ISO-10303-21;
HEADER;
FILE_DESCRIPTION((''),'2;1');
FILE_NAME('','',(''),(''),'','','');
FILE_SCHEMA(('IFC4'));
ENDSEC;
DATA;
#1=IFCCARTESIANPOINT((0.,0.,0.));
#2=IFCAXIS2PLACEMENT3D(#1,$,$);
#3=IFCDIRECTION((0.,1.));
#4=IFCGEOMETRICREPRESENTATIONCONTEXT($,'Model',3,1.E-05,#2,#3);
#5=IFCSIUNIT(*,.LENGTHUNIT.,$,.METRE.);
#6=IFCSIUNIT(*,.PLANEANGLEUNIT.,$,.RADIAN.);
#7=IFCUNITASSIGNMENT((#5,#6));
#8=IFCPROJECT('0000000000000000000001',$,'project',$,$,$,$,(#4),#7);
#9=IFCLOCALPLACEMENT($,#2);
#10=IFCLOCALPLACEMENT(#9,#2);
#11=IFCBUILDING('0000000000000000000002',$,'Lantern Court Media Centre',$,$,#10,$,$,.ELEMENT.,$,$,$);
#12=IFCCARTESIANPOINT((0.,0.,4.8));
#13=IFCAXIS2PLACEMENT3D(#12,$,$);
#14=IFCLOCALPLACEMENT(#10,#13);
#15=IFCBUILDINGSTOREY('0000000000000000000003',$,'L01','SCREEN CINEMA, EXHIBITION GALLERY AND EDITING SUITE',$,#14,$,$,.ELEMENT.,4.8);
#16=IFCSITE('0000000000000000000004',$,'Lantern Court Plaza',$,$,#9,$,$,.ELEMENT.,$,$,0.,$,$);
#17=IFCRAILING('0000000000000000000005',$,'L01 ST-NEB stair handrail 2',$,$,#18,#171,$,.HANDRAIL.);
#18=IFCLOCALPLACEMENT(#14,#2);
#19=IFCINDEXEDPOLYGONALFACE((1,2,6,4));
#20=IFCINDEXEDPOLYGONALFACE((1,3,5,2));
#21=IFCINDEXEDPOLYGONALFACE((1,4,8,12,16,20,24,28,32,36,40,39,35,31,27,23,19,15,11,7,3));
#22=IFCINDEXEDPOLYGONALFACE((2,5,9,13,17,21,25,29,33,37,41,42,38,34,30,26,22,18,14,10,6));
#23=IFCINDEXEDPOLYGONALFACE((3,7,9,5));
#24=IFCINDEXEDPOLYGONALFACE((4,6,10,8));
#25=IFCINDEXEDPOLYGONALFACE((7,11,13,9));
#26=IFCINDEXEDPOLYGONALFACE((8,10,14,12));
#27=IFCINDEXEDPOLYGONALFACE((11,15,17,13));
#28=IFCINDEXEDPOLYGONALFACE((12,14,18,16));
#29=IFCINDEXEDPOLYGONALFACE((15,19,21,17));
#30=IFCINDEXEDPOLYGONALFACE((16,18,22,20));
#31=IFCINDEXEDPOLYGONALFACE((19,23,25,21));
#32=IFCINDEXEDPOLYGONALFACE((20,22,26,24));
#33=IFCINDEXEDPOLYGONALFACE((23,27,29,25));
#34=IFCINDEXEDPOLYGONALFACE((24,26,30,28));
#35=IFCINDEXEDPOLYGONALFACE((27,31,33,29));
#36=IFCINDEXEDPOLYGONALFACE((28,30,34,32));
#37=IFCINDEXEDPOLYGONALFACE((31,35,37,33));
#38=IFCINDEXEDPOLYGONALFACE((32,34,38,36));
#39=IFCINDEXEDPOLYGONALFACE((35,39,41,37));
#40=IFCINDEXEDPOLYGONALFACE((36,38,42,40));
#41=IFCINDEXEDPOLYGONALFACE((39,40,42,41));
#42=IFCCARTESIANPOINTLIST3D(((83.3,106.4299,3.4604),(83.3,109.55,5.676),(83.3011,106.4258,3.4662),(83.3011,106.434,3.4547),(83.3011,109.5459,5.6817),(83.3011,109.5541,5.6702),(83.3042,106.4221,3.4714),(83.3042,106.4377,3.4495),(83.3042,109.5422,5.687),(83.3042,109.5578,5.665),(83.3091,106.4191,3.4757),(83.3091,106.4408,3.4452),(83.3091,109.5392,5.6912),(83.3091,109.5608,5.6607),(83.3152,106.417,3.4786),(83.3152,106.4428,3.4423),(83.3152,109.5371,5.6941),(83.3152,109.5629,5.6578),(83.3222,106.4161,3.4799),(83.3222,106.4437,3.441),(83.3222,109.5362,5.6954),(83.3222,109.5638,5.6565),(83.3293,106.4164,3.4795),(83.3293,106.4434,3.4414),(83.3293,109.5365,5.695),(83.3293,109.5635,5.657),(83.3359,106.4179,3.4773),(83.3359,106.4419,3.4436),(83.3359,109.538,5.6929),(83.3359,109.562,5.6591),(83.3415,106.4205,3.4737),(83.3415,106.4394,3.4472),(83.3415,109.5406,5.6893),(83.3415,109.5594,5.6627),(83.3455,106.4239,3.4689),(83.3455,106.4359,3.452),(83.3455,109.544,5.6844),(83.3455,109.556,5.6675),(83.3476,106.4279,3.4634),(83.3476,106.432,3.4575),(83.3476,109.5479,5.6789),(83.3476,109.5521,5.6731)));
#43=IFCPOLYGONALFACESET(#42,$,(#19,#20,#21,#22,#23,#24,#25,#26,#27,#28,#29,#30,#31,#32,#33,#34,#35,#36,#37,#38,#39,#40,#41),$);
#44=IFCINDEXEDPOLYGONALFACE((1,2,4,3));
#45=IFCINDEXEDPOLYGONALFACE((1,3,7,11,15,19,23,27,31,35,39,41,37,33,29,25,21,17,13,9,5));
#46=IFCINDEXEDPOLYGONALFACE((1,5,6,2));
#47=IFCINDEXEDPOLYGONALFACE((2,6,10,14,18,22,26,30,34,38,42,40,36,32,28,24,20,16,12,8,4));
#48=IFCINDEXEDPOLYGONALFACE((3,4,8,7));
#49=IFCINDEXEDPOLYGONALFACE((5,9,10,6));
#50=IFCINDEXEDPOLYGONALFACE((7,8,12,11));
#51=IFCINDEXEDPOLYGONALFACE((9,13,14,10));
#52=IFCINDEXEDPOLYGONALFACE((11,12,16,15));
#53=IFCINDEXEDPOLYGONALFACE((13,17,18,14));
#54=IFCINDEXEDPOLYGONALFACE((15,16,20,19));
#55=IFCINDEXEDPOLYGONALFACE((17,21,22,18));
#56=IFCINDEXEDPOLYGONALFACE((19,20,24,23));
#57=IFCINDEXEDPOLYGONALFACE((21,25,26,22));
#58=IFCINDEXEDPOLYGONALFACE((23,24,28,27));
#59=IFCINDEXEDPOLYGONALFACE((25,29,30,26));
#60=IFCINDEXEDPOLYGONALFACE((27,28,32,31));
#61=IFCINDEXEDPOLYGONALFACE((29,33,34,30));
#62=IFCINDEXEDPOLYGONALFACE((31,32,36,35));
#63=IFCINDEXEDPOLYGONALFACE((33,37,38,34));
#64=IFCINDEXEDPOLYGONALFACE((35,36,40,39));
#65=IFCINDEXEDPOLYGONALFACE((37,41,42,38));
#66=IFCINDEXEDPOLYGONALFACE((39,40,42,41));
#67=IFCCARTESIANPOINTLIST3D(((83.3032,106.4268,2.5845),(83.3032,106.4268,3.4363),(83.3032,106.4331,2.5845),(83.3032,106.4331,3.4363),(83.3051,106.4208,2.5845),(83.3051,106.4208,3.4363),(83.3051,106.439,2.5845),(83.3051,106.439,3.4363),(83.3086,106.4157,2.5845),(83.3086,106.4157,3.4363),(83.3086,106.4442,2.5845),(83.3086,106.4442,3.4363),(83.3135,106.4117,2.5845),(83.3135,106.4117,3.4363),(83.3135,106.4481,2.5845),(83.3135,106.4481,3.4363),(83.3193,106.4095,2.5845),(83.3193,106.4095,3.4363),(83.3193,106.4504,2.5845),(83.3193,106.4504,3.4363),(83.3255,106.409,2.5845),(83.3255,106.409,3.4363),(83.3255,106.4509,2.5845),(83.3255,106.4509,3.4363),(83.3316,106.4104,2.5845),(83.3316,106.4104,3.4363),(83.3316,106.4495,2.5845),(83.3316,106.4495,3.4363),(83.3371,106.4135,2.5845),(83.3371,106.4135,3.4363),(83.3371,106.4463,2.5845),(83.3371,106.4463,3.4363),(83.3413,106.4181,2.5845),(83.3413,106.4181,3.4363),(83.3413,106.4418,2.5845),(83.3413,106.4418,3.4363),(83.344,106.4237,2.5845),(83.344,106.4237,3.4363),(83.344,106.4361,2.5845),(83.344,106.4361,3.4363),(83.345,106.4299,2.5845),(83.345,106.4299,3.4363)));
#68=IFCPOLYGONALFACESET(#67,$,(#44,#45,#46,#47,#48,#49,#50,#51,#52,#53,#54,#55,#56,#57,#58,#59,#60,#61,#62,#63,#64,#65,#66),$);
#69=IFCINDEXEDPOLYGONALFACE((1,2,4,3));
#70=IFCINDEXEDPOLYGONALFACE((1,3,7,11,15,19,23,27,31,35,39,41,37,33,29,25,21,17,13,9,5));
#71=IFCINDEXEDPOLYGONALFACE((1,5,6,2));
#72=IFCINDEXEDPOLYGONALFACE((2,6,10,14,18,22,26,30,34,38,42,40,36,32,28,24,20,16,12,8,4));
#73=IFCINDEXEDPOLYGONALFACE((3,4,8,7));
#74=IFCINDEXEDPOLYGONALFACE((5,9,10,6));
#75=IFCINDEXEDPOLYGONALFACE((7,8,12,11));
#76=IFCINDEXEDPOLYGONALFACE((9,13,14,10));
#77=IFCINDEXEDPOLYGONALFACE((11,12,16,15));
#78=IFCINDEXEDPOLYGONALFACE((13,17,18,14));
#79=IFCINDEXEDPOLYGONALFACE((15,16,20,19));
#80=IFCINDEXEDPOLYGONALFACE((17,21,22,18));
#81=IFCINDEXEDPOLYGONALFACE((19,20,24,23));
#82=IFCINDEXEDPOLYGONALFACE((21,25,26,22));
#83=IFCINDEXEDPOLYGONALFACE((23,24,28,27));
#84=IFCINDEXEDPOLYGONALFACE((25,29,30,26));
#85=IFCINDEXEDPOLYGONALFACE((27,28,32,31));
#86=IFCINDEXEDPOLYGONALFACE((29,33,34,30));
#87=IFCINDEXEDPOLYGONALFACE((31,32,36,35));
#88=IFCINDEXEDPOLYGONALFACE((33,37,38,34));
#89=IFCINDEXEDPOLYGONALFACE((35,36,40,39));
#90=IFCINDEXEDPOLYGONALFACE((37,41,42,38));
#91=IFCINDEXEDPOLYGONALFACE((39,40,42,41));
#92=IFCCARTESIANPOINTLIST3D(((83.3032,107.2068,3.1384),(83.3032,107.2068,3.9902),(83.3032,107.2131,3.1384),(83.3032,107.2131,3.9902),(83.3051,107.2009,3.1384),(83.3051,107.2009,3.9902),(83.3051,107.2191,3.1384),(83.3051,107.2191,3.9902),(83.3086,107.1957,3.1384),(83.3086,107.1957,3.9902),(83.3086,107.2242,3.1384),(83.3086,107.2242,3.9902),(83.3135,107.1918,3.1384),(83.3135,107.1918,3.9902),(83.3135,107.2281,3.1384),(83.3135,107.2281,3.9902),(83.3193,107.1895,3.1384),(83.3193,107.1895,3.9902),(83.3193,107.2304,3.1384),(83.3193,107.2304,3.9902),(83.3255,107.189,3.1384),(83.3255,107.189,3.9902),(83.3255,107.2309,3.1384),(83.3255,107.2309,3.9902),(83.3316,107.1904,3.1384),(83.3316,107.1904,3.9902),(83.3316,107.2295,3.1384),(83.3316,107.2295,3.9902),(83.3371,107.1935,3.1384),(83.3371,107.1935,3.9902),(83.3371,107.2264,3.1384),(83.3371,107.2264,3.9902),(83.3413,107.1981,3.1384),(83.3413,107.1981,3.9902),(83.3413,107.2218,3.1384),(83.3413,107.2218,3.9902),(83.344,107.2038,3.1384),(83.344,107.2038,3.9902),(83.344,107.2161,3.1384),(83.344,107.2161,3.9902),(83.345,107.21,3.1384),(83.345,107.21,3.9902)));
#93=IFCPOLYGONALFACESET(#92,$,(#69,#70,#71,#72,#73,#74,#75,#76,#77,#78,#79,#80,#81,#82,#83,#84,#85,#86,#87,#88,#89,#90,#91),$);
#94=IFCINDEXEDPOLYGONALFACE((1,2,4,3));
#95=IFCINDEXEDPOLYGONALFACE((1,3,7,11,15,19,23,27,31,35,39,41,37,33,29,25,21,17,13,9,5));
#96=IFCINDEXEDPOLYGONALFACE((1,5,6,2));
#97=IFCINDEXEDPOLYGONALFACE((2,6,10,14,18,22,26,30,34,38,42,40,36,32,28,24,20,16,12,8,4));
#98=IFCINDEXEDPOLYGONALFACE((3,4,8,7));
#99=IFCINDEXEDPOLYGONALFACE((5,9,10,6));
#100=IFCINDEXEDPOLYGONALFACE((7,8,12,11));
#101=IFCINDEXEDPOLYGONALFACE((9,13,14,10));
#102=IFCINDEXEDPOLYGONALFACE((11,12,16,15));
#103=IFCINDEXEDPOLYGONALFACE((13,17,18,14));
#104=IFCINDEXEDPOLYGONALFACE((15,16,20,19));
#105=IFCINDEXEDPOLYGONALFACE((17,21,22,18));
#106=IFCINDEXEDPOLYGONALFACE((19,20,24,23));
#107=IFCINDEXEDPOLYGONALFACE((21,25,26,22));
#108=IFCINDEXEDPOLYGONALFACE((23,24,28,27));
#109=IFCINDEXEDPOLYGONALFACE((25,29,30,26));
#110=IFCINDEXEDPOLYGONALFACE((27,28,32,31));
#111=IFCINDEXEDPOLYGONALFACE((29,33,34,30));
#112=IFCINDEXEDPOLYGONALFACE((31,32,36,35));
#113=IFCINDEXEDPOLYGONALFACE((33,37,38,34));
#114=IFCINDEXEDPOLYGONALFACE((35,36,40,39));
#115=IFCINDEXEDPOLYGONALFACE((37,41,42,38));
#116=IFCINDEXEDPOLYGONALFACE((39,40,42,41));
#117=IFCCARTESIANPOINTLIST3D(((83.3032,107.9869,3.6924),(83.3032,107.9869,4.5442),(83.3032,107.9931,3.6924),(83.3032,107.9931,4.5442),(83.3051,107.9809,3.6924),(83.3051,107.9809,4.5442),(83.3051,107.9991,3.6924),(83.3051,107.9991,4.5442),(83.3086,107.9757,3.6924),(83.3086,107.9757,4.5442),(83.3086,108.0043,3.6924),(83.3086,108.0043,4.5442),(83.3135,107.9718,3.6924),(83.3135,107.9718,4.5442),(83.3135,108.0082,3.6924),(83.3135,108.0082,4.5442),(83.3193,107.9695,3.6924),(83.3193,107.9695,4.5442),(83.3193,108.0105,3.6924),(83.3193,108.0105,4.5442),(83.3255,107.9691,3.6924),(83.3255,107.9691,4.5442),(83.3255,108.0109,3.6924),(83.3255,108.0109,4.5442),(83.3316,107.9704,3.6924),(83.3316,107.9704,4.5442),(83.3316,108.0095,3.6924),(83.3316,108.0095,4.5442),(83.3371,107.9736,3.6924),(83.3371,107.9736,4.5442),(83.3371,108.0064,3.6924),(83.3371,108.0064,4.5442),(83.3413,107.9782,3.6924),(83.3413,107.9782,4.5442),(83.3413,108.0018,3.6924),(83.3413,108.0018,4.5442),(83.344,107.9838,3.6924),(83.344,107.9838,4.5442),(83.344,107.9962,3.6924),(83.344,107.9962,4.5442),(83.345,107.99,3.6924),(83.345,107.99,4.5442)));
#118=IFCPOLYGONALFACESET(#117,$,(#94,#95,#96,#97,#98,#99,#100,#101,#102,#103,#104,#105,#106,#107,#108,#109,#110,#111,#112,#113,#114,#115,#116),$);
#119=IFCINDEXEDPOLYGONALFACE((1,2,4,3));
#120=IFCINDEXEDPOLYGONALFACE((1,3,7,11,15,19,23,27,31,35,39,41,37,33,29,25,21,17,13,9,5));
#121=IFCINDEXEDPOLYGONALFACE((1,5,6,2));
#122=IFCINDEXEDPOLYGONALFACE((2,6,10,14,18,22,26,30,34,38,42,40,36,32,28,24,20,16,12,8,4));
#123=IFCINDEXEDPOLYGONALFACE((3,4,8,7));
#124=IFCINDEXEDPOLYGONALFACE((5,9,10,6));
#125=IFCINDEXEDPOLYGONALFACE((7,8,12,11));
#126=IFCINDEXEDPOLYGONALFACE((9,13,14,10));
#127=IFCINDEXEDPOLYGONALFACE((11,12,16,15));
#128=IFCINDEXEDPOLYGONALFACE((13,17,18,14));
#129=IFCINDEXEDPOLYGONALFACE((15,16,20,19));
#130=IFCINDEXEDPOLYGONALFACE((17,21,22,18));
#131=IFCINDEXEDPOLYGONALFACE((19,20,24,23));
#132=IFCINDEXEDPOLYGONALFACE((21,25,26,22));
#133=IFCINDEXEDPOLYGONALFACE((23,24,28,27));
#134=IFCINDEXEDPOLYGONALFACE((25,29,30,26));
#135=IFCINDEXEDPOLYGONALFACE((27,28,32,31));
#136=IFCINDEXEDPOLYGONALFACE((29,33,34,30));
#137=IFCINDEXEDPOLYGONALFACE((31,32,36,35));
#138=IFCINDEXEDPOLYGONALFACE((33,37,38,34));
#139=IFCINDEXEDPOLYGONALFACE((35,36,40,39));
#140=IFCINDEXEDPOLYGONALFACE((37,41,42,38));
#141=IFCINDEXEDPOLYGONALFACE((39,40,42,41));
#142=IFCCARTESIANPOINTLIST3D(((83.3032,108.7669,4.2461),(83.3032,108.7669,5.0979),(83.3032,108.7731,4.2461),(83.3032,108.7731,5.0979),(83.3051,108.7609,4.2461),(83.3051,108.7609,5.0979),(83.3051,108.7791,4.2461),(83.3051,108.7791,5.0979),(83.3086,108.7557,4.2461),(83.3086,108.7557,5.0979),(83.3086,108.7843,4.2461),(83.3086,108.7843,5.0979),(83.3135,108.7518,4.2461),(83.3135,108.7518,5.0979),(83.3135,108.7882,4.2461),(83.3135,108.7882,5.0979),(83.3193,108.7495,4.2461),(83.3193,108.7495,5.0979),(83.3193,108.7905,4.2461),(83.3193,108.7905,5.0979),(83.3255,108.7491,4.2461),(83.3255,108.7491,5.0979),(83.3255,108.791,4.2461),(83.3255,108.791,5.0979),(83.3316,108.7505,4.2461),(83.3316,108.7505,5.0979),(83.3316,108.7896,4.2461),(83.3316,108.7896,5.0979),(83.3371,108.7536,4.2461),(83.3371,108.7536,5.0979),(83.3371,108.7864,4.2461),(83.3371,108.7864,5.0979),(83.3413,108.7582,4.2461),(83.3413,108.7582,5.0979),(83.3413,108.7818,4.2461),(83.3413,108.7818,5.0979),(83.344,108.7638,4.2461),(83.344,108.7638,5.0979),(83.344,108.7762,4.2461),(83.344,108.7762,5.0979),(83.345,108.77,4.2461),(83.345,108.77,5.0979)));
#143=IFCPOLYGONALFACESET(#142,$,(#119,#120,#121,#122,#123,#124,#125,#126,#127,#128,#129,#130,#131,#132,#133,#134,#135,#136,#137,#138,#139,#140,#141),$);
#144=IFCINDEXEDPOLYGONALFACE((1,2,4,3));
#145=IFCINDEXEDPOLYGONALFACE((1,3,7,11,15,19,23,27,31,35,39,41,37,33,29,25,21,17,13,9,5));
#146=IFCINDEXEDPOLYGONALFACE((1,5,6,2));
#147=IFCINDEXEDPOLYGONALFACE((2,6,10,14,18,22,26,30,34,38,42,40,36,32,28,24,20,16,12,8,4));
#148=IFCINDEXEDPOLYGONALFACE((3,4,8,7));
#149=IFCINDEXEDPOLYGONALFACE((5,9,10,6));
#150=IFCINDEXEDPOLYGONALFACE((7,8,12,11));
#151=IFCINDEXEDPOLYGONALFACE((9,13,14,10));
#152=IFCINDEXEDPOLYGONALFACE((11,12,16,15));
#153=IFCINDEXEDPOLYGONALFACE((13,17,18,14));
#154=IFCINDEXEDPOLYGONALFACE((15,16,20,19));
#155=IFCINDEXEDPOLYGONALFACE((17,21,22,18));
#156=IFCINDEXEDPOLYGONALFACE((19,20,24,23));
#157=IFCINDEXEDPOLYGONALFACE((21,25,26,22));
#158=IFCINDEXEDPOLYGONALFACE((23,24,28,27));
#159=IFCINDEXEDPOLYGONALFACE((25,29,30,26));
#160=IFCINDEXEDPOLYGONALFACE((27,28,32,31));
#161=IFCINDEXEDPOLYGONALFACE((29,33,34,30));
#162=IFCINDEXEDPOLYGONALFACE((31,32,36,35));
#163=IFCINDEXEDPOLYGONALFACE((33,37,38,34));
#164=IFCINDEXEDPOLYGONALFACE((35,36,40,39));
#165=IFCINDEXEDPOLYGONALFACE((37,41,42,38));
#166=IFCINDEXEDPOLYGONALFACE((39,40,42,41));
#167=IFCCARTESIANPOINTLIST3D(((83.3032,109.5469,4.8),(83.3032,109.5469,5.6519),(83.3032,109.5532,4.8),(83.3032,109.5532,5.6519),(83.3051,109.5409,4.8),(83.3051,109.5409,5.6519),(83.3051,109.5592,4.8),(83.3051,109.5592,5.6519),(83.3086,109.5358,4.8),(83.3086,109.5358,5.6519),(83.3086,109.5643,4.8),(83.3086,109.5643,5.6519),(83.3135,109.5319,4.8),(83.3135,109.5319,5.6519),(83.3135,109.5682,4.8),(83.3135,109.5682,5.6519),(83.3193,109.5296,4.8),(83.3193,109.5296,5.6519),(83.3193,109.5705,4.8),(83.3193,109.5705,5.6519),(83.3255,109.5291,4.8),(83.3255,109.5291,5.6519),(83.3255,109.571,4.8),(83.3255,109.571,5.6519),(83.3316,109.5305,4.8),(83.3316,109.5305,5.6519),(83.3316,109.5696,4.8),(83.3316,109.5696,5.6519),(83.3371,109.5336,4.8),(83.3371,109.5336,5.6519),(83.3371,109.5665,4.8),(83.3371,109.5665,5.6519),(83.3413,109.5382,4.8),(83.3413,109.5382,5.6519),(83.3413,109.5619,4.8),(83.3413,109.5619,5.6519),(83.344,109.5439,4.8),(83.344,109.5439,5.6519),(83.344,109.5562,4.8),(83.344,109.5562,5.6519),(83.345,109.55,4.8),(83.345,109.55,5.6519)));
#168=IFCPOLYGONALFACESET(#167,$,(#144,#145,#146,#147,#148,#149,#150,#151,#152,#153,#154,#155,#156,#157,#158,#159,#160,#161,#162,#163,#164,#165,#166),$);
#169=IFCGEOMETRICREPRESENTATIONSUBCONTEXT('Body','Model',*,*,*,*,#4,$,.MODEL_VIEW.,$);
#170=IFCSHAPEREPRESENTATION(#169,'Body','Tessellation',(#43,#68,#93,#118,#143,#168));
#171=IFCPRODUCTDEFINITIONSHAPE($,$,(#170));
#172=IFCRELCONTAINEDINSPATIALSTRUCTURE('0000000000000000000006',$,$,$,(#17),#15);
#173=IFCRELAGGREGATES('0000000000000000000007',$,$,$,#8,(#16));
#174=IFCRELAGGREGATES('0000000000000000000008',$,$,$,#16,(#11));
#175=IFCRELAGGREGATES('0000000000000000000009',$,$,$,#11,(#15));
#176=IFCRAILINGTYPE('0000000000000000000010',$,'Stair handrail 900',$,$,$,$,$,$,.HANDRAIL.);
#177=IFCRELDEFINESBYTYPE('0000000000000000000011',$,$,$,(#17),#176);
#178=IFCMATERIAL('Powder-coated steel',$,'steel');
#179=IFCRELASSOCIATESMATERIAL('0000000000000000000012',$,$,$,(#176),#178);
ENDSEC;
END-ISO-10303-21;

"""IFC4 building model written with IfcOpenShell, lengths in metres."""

from ifc_helpers import new_model, si_unit, direction, frame, origin, origin_2d, place, context, subcontext, project, spatial, circle, extrude, material, type_object, element, save


model = new_model("IFC4")

# Units and contexts
model_context = context("Model", 3, precision=1e-05, world=origin(), true_north=direction((0.0, 1.0)))
body_context = subcontext(model_context, "Body", "Model", "MODEL_VIEW")
ifc_project = project(units=[si_unit("LENGTHUNIT", "METRE"), si_unit("PLANEANGLEUNIT", "RADIAN")], contexts=[model_context])

# Site, building, storey
site_placement = place(None, origin())
site = spatial("IfcSite", under=ifc_project, at=site_placement, Name="Lantern Court Plaza", CompositionType="ELEMENT", RefElevation=0.0)
building_placement = place(site_placement, origin())
building = spatial("IfcBuilding", under=site, at=building_placement, Name="Lantern Court Media Centre", CompositionType="ELEMENT")
storey_placement = place(building_placement, frame((0.0, 0.0, 4.8)))
storey = spatial("IfcBuildingStorey", under=building, at=storey_placement, Name="L01", Description="SCREEN CINEMA, EXHIBITION GALLERY AND EDITING SUITE", CompositionType="ELEMENT", Elevation=4.8)

# Shared definitions
ifc_material_1 = material(Name="Powder-coated steel", Category="steel")

# Railing
railing_type_1 = type_object("IfcRailingType", Name="Stair handrail 900", PredefinedType="HANDRAIL", material=ifc_material_1)
railing_1_placement = place(storey_placement, frame((83.324, 106.4299, 2.5845)))
element("IfcRailing", 1, at=railing_1_placement, inside=storey, type_object=railing_type_1, Name="L01 ST-NEB stair handrail 2", PredefinedType="HANDRAIL", context=body_context, shape_type="SweptSolid", body=[
    extrude(circle(Radius=0.0239, at=origin_2d()), frame((0.0, 0.0, 0.876), z_axis=(0.0, 0.815347, 0.578973), x_axis=(-1.0, 0.0, 0.0)), (0.0, 0.0, 1.0), 3.8267),
    extrude(circle(Radius=0.021, at=origin_2d()), origin(), (0.0, 0.0, 1.0), 0.8518),
    extrude(circle(Radius=0.021, at=origin_2d()), frame((0.0, 0.78, 0.554)), (0.0, 0.0, 1.0), 0.8518),
    extrude(circle(Radius=0.021, at=origin_2d()), frame((0.0, 1.5601, 1.1079)), (0.0, 0.0, 1.0), 0.8518),
    extrude(circle(Radius=0.021, at=origin_2d()), frame((0.0, 2.3401, 1.6616)), (0.0, 0.0, 1.0), 0.8518),
    extrude(circle(Radius=0.021, at=origin_2d()), frame((0.0, 3.1201, 2.2156)), (0.0, 0.0, 1.0), 0.8518),
])

save(model, "model.ifc")
